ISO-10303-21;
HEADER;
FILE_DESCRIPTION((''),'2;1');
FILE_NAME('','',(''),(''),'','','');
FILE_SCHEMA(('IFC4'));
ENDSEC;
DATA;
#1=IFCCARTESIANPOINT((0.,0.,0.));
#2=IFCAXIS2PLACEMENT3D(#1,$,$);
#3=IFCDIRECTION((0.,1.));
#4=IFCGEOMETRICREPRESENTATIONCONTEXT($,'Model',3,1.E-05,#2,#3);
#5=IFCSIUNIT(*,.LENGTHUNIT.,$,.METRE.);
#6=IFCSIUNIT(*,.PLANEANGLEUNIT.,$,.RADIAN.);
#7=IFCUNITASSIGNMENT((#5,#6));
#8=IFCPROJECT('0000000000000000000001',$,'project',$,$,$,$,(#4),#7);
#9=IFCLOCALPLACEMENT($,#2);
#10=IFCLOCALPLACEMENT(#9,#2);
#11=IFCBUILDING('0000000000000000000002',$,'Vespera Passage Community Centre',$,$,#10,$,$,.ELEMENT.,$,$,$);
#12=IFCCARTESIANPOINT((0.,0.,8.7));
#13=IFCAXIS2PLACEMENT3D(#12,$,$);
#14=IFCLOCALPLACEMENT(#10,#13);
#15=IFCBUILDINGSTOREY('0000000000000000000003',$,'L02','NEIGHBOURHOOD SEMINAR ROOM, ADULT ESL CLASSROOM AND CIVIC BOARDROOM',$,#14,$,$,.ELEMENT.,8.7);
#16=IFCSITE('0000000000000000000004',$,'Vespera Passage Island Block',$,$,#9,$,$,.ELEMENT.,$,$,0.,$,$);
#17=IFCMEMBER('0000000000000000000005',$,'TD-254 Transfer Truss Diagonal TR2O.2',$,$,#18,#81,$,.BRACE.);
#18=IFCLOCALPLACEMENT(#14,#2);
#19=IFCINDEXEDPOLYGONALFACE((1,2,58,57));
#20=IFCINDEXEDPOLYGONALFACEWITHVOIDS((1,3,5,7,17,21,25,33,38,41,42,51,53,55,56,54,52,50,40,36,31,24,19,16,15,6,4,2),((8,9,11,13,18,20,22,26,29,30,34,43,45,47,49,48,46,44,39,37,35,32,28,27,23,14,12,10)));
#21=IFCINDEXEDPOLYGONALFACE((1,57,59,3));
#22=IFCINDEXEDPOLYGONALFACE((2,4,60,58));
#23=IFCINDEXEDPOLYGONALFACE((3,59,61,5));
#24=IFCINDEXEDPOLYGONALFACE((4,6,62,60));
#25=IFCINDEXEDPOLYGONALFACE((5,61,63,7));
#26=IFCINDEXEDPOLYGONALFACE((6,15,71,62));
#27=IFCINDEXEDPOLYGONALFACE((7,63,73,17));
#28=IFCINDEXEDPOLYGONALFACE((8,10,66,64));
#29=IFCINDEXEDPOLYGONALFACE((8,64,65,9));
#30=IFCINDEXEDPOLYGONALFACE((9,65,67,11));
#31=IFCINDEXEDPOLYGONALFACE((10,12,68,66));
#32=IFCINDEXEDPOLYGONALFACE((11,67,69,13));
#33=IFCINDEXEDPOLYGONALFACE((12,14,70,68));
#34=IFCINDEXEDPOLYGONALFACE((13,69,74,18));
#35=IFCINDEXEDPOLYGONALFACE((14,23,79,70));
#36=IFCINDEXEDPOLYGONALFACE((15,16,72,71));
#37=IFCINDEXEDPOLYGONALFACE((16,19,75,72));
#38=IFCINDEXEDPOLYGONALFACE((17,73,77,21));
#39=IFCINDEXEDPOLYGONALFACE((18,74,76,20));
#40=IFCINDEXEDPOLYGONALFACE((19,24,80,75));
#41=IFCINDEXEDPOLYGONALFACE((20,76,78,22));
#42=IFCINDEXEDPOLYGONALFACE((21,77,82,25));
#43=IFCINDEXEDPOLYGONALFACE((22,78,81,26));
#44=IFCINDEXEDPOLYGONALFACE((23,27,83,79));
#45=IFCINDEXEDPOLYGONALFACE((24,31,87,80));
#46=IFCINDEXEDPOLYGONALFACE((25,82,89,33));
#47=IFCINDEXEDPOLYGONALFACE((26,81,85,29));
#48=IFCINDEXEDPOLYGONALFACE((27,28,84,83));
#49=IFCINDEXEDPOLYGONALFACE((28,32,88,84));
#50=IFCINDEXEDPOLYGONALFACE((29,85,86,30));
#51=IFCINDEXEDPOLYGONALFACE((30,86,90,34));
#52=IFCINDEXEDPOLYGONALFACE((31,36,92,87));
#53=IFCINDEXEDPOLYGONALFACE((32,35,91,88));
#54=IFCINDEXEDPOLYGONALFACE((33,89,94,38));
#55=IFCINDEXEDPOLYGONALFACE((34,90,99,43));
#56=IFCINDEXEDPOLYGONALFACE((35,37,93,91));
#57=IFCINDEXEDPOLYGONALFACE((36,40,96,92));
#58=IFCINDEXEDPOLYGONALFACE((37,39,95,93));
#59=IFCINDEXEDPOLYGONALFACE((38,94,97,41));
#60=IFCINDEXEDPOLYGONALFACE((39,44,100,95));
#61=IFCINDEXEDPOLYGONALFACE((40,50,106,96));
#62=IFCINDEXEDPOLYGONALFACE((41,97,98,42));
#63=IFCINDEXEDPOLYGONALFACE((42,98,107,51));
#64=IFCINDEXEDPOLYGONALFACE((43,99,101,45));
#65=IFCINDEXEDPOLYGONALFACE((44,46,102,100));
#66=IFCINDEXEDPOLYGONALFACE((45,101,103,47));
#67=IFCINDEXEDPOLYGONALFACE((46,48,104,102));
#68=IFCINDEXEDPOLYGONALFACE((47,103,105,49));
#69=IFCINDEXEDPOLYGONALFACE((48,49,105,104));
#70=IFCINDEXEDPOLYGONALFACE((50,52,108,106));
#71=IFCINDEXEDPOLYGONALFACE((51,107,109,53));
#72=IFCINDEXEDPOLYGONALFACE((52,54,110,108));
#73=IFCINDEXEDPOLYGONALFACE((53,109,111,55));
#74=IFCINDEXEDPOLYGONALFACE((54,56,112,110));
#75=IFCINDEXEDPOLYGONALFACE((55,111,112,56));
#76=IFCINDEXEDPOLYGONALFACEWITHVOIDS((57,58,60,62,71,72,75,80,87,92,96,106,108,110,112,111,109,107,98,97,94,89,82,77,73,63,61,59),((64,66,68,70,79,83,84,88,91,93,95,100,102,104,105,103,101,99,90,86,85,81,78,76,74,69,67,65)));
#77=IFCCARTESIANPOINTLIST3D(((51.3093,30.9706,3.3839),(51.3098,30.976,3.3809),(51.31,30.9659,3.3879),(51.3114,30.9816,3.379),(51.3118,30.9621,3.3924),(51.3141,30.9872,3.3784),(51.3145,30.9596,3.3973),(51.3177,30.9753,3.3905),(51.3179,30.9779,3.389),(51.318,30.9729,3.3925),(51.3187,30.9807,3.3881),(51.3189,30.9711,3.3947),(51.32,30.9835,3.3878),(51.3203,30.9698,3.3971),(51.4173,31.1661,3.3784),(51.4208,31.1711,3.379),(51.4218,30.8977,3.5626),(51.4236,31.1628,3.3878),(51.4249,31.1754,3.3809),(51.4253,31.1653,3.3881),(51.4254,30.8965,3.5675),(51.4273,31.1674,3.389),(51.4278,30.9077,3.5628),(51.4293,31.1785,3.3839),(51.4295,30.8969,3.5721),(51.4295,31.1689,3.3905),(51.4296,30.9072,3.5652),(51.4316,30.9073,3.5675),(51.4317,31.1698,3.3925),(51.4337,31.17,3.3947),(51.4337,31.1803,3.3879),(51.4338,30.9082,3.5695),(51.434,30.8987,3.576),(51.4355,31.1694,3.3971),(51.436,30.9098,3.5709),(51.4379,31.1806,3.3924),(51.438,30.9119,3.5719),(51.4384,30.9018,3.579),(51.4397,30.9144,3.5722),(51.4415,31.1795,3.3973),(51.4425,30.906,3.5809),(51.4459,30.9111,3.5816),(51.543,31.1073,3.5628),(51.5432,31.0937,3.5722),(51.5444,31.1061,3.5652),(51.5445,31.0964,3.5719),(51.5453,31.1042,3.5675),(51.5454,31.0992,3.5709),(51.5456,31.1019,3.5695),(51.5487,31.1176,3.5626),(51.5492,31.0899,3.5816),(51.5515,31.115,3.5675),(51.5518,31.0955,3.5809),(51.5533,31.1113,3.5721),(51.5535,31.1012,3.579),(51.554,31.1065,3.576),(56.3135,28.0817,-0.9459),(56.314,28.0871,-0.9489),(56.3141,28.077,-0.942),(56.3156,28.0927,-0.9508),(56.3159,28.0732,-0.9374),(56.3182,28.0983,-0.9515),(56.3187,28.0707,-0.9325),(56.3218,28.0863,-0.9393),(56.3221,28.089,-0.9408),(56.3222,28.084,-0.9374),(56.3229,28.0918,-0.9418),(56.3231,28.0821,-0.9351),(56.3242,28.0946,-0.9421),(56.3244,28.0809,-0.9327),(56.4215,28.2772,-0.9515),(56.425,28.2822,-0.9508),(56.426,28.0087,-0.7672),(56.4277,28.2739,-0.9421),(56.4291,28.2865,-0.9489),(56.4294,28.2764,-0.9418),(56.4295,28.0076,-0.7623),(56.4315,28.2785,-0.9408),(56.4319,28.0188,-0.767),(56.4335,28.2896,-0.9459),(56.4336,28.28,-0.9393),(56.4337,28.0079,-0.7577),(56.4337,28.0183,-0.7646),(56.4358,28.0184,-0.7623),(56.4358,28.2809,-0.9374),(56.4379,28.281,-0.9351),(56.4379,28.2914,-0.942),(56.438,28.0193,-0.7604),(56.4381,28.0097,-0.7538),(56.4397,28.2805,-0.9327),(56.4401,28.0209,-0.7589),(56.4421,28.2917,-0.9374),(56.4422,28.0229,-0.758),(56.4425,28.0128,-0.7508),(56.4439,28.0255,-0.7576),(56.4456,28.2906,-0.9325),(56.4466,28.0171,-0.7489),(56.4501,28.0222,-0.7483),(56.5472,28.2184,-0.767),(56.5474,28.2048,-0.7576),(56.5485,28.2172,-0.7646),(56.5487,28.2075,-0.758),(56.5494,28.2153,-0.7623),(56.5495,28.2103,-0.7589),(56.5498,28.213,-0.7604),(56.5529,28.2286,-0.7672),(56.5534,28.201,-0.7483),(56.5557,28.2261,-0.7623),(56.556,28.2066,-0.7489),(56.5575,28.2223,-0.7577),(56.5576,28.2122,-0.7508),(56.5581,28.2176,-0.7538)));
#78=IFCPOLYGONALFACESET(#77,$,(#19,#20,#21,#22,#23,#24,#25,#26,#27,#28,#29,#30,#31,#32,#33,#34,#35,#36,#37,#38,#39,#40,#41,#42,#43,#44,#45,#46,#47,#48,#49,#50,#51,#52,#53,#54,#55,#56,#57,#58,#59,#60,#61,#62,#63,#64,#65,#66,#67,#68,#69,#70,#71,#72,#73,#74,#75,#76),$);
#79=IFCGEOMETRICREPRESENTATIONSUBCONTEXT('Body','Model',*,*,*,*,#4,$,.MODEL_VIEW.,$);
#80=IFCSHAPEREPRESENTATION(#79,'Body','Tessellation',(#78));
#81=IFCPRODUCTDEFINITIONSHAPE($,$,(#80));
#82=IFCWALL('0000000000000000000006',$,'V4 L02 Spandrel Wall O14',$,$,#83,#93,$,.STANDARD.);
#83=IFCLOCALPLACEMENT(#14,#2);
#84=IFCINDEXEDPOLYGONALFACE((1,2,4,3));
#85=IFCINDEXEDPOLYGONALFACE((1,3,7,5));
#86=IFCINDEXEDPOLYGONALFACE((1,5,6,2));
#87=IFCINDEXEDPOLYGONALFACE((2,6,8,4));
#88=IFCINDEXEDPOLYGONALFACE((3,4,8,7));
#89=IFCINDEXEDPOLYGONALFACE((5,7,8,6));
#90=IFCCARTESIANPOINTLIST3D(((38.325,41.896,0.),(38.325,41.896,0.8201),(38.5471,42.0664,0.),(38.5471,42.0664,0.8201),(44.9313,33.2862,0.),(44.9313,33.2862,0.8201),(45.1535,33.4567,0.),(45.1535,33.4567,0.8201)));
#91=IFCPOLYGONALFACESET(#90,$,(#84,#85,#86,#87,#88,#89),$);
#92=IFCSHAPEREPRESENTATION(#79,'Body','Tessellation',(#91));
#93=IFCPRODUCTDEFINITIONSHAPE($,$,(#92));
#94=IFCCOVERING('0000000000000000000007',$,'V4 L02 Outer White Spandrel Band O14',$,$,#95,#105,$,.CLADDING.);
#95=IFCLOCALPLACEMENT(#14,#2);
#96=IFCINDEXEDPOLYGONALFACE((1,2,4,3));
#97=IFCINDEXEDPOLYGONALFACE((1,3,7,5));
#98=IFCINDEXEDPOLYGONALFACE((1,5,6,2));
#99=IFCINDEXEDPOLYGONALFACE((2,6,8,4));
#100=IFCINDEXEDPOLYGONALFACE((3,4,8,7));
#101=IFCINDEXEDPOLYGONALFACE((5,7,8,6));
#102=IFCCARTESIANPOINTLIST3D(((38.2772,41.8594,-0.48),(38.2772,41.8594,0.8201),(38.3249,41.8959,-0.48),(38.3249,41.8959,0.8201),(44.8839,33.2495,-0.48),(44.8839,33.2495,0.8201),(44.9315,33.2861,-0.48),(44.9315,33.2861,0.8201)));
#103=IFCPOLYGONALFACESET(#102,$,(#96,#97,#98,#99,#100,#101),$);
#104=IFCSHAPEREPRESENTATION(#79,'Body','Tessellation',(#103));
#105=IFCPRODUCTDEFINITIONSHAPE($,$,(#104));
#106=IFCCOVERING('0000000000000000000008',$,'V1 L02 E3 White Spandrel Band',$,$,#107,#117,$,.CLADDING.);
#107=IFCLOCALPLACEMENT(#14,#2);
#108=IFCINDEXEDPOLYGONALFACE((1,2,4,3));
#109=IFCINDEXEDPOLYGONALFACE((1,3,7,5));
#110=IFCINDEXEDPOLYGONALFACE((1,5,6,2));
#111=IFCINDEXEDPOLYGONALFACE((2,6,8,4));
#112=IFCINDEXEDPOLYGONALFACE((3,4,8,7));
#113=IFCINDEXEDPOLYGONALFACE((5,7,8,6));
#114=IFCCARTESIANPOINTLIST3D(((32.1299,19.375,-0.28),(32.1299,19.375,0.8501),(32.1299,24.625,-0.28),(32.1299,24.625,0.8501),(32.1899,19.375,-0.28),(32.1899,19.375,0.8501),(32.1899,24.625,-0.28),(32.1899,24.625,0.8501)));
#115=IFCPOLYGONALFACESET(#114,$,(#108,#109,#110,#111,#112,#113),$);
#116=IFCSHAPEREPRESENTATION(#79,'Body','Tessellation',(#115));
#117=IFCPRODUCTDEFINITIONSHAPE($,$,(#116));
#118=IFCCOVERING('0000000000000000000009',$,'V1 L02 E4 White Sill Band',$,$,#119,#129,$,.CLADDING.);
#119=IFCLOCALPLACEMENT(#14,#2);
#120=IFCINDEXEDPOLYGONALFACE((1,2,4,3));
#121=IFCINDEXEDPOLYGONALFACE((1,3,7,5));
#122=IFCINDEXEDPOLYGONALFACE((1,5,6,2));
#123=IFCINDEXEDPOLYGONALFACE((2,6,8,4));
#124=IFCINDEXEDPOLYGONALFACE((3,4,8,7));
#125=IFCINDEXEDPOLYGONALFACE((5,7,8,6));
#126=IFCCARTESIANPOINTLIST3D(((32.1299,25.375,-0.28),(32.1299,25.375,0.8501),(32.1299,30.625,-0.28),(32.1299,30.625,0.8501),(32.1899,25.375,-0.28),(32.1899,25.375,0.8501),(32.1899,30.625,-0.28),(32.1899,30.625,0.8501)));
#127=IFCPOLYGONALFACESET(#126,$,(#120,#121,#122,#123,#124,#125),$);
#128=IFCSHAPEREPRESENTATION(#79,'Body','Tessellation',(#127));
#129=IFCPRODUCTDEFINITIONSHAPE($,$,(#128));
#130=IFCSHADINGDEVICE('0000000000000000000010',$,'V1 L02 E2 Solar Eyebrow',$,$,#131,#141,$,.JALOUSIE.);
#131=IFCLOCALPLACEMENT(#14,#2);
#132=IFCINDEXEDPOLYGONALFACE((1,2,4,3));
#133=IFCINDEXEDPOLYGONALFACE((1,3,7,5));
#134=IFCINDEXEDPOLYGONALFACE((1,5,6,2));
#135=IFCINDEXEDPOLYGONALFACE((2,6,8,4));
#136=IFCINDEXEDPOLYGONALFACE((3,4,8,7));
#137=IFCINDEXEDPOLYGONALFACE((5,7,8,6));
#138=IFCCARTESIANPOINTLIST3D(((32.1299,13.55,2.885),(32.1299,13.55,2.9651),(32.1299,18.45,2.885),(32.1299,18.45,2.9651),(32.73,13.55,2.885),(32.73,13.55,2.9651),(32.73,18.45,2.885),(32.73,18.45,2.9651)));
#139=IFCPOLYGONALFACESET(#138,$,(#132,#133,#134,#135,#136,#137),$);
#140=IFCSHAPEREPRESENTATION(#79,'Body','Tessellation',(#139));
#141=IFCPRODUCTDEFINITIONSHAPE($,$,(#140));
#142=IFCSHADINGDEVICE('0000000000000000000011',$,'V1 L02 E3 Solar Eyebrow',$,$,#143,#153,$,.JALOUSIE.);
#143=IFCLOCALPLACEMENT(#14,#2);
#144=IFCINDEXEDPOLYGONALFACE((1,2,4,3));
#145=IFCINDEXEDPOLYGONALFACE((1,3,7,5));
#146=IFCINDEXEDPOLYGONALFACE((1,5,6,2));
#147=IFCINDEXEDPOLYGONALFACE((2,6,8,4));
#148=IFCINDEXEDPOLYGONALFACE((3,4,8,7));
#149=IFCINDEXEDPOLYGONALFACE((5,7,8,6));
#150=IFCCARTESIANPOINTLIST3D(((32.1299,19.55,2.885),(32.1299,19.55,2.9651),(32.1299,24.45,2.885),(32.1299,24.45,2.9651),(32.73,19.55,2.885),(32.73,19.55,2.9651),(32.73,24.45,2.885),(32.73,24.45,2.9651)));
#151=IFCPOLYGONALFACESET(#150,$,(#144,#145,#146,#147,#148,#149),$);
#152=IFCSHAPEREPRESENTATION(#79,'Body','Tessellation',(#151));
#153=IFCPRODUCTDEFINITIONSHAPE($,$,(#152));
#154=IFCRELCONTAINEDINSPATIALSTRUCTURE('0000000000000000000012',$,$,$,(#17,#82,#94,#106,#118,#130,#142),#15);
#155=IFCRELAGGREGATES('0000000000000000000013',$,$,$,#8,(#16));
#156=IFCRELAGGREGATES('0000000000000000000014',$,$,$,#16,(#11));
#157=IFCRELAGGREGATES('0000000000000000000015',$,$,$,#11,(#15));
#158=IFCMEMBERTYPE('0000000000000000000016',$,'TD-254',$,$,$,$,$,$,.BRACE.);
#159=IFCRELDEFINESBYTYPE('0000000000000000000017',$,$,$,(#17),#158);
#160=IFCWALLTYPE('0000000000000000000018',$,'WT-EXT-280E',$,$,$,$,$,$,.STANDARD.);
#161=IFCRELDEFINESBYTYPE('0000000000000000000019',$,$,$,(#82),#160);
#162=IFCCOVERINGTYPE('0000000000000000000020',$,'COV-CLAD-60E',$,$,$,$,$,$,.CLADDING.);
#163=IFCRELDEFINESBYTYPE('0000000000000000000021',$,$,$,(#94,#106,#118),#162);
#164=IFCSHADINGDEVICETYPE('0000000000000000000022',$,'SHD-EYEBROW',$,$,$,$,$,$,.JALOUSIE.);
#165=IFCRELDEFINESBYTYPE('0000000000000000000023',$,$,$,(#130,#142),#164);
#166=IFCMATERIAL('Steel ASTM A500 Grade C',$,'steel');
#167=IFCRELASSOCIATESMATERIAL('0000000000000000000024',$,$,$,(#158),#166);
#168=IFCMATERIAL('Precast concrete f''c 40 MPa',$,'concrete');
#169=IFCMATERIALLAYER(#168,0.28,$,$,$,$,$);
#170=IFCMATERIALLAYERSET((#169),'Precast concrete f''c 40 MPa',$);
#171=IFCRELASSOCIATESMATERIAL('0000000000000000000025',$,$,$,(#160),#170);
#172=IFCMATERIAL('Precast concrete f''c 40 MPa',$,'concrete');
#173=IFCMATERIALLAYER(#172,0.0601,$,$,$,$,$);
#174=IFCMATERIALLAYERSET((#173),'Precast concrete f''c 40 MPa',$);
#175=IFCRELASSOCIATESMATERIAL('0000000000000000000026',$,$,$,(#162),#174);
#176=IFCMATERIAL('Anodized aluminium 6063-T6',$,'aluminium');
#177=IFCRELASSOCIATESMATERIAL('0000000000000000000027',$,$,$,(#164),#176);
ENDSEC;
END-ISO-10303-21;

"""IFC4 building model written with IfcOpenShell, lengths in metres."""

from ifc_helpers import new_model, si_unit, direction, frame, frame_2d, origin, origin_2d, place, context, subcontext, project, spatial, rectangle, hollow_rectangle, extrude, material, layer, layer_set, material_profile, profile_set, type_object, element, save


model = new_model("IFC4")

# Units and contexts
model_context = context("Model", 3, precision=1e-05, world=origin(), true_north=direction((0.0, 1.0)))
body_context = subcontext(model_context, "Body", "Model", "MODEL_VIEW")
ifc_project = project(units=[si_unit("LENGTHUNIT", "METRE"), si_unit("PLANEANGLEUNIT", "RADIAN")], contexts=[model_context])

# Site, building, storey
site_placement = place(None, origin())
site = spatial("IfcSite", under=ifc_project, at=site_placement, Name="Vespera Passage Island Block", CompositionType="ELEMENT", RefElevation=0.0)
building_placement = place(site_placement, origin())
building = spatial("IfcBuilding", under=site, at=building_placement, Name="Vespera Passage Community Centre", CompositionType="ELEMENT")
storey_placement = place(building_placement, frame((0.0, 0.0, 8.7)))
storey = spatial("IfcBuildingStorey", under=building, at=storey_placement, Name="L02", Description="NEIGHBOURHOOD SEMINAR ROOM, ADULT ESL CLASSROOM AND CIVIC BOARDROOM", CompositionType="ELEMENT", Elevation=8.7)

# Member
ifc_material_1 = material(Name="Steel ASTM A500 Grade C", Category="steel")
ifc_material_profile_1 = material_profile(ifc_material_1, hollow_rectangle(XDim=0.2539, YDim=0.2539, WallThickness=0.0117, InnerFilletRadius=0.0117, OuterFilletRadius=0.0237, at=origin_2d()), Name="HSS254X254X12.7")
ifc_profile_set_1 = profile_set([ifc_material_profile_1], Name="Steel ASTM A500 Grade C")
member_type_1 = type_object("IfcMemberType", Name="TD-254", PredefinedType="BRACE", material=ifc_profile_set_1)
member_1_placement = place(storey_placement, frame((51.4316, 31.0386, 3.48), z_axis=(0.693053, -0.400102, -0.599663), x_axis=(0.49997, 0.866043, 0.0)))
element("IfcMember", 1, at=member_1_placement, inside=storey, type_object=member_type_1, Name="TD-254 Transfer Truss Diagonal TR2O.2", PredefinedType="BRACE", context=body_context, shape_type="SweptSolid", body=[
    extrude(hollow_rectangle(XDim=0.2539, YDim=0.2539, WallThickness=0.0117, InnerFilletRadius=0.0117, OuterFilletRadius=0.0237, at=origin_2d()), origin(), (0.0, 0.0, 1.0), 7.2205),
])

# Wall
ifc_material_2 = material(Name="Precast concrete f'c 40 MPa", Category="concrete")
ifc_layer_1 = layer(ifc_material_2, 0.28)
ifc_layer_set_1 = layer_set([ifc_layer_1], Name="Precast concrete f'c 40 MPa")
wall_type = type_object("IfcWallType", Name="WT-EXT-280E", PredefinedType="STANDARD", material=ifc_layer_set_1)
wall_placement = place(storey_placement, frame((45.0425, 33.3713, 0.0), z_axis=(0.0, 0.0, 1.0), x_axis=(-0.608754, 0.793359, 0.0)))
element("IfcWall", 2, at=wall_placement, inside=storey, type_object=wall_type, Name="V4 L02 Spandrel Wall O14", PredefinedType="STANDARD", context=body_context, shape_type="SweptSolid", body=[
    extrude(rectangle(XDim=10.8523, YDim=0.28, at=frame_2d((5.4263, 0.0))), origin(), (0.0, 0.0, 1.0), 0.8201),
])

# Coverings
ifc_material_3 = material(Name="Precast concrete f'c 40 MPa", Category="concrete")
ifc_layer_2 = layer(ifc_material_3, 0.0601)
ifc_layer_set_2 = layer_set([ifc_layer_2], Name="Precast concrete f'c 40 MPa")
covering_type = type_object("IfcCoveringType", Name="COV-CLAD-60E", PredefinedType="CLADDING", material=ifc_layer_set_2)
covering_placement = place(storey_placement, frame((44.9077, 33.2678, -0.48), z_axis=(0.0, 0.0, 1.0), x_axis=(-0.608768, 0.793348, 0.0)))
element("IfcCovering", 3, at=covering_placement, inside=storey, type_object=covering_type, Name="V4 L02 Outer White Spandrel Band O14", PredefinedType="CLADDING", context=body_context, shape_type="SweptSolid", body=[
    extrude(rectangle(XDim=10.8525, YDim=0.0601, at=frame_2d((5.4263, 0.0))), origin(), (0.0, 0.0, 1.0), 1.3),
])
for number, where, z_axis, x_axis, name in (
    (4, (32.1599, 24.625, -0.28), (0.0, 0.0, 1.0), (0.0, -1.0, 0.0), "V1 L02 E3 White Spandrel Band"),
    (5, (32.1599, 30.625, -0.28), (0.0, 0.0, 1.0), (0.0, -1.0, 0.0), "V1 L02 E4 White Sill Band"),
):
    element("IfcCovering", number, at=place(storey_placement, frame(where, z_axis=z_axis, x_axis=x_axis)), inside=storey, type_object=covering_type, Name=name, PredefinedType="CLADDING", context=body_context, shape_type="SweptSolid", body=[
        extrude(rectangle(XDim=5.25, YDim=0.0601, at=frame_2d((2.625, 0.0))), origin(), (0.0, 0.0, 1.0), 1.1301),
    ])

# Shading devices
ifc_material_4 = material(Name="Anodized aluminium 6063-T6", Category="aluminium")
shading_device_type = type_object("IfcShadingDeviceType", Name="SHD-EYEBROW", PredefinedType="JALOUSIE", material=ifc_material_4)
for number, where, z_axis, x_axis, name in (
    (6, (32.4299, 16.0, 2.885), (0.0, 0.0, 1.0), (0.0, -1.0, 0.0), "V1 L02 E2 Solar Eyebrow"),
    (7, (32.4299, 22.0, 2.885), (0.0, 0.0, 1.0), (0.0, -1.0, 0.0), "V1 L02 E3 Solar Eyebrow"),
):
    element("IfcShadingDevice", number, at=place(storey_placement, frame(where, z_axis=z_axis, x_axis=x_axis)), inside=storey, type_object=shading_device_type, Name=name, PredefinedType="JALOUSIE", context=body_context, shape_type="SweptSolid", body=[
        extrude(rectangle(XDim=4.8999, YDim=0.6001, at=origin_2d()), origin(), (0.0, 0.0, 1.0), 0.0801),
    ])

save(model, "model.ifc")
